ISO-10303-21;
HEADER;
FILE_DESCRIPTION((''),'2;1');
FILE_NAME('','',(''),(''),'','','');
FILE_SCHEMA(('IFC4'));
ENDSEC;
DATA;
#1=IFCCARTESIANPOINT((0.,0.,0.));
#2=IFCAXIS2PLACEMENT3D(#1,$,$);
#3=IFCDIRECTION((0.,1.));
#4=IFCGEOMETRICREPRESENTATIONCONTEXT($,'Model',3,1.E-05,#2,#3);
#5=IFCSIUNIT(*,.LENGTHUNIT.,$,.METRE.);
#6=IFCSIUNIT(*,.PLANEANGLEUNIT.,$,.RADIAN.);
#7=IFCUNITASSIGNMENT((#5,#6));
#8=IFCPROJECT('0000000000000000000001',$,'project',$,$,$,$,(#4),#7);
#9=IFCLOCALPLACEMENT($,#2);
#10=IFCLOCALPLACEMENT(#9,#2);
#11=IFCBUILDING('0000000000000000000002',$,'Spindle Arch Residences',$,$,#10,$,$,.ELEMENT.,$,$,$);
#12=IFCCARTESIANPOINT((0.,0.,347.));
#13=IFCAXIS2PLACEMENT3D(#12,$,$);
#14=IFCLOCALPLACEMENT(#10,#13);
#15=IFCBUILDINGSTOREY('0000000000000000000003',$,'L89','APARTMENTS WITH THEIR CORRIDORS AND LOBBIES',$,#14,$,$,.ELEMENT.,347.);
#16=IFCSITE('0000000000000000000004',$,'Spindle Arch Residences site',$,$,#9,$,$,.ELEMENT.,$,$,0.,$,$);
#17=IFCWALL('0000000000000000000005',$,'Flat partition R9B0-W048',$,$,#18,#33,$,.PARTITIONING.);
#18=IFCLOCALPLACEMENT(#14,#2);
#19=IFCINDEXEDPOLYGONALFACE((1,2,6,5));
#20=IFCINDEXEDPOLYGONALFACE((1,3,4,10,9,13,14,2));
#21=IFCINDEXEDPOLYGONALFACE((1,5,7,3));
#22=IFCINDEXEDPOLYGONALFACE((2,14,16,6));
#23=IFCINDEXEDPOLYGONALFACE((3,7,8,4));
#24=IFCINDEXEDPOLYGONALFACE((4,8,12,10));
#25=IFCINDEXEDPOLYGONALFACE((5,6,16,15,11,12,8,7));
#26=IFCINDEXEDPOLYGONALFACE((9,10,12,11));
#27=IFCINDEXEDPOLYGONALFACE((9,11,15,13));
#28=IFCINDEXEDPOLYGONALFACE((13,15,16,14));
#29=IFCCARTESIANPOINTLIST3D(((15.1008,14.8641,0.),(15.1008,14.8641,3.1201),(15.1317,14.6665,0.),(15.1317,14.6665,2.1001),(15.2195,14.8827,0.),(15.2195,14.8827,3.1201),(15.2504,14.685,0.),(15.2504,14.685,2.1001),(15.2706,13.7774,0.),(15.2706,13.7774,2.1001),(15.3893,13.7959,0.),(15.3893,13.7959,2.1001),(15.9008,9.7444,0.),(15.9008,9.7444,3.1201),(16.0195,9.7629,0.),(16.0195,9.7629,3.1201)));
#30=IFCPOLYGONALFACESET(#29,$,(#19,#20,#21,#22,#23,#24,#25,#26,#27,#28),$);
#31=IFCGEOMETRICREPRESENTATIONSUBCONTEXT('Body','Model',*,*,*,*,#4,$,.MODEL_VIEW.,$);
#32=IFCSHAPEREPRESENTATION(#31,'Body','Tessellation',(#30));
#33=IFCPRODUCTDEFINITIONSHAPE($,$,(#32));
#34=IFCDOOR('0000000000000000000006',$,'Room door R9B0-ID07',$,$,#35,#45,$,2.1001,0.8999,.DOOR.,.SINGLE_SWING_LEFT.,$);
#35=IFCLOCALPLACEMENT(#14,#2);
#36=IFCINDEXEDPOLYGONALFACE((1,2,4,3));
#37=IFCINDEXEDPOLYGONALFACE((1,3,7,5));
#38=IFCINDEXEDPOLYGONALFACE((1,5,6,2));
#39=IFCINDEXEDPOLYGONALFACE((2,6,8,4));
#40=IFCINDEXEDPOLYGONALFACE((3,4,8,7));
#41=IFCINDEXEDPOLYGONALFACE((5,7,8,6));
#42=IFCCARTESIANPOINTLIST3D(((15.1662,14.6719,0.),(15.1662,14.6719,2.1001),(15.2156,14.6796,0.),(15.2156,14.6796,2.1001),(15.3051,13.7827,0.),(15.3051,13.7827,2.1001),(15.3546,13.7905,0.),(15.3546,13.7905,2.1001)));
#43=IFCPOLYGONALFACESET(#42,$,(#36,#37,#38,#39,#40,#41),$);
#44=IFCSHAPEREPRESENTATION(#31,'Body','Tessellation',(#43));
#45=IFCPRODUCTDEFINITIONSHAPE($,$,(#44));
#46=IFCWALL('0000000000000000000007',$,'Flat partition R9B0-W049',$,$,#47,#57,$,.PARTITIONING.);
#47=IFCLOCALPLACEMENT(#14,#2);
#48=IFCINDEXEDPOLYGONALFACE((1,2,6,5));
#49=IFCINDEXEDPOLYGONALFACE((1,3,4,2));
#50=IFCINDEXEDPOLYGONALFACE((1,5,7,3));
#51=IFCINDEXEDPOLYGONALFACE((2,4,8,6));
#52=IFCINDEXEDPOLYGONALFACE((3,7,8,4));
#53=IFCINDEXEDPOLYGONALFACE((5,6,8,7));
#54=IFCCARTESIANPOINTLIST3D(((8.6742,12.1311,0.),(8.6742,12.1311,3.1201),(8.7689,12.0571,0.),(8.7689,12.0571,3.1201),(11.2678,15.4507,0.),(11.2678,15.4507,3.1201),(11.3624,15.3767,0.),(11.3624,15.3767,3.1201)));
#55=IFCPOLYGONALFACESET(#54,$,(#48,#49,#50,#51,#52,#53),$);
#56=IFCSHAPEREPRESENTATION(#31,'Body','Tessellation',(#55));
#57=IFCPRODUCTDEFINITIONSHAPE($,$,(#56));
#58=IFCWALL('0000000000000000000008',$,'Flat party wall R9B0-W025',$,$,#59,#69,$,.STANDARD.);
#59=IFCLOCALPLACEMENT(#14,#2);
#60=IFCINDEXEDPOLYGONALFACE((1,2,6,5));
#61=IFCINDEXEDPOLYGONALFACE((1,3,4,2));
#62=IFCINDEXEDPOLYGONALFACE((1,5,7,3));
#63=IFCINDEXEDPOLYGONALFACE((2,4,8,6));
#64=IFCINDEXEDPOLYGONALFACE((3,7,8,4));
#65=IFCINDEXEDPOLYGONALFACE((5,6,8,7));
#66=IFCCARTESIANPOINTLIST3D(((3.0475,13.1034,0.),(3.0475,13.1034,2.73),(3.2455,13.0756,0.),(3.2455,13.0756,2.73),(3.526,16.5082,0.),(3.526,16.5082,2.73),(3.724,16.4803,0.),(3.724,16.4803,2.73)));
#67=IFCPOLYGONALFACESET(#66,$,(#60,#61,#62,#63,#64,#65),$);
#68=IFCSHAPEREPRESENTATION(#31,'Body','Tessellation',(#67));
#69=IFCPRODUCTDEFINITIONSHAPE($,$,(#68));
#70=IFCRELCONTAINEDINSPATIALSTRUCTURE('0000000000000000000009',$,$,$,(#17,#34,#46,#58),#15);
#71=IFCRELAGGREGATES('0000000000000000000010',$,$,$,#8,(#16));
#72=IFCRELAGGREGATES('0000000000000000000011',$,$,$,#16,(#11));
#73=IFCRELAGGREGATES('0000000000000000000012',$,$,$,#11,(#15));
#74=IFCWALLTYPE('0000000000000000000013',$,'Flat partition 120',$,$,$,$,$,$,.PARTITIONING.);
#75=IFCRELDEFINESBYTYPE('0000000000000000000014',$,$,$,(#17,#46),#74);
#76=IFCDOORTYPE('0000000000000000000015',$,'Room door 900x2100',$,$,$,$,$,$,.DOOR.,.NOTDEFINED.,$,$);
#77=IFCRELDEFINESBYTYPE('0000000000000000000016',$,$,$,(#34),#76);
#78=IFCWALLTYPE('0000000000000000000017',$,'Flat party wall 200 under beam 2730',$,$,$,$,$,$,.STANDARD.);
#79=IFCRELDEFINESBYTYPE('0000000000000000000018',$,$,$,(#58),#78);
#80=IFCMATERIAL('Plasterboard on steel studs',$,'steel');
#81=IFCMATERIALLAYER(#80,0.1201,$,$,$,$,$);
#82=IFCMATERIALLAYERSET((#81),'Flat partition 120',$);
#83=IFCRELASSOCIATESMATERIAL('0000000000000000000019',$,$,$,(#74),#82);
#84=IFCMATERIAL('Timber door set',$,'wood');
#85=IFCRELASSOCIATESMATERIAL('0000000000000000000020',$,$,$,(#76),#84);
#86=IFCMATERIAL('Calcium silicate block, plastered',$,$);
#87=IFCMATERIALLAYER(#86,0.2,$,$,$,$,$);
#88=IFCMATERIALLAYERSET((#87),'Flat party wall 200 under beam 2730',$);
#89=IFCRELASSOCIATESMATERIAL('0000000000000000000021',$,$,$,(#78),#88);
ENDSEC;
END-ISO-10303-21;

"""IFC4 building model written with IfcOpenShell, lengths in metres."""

from ifc_helpers import new_model, si_unit, direction, frame, frame_2d, origin, place, context, subcontext, project, spatial, rectangle, extrude, material, layer, layer_set, type_object, element, fill, save


model = new_model("IFC4")

# Units and contexts
model_context = context("Model", 3, precision=1e-05, world=origin(), true_north=direction((0.0, 1.0)))
body_context = subcontext(model_context, "Body", "Model", "MODEL_VIEW")
ifc_project = project(units=[si_unit("LENGTHUNIT", "METRE"), si_unit("PLANEANGLEUNIT", "RADIAN")], contexts=[model_context])

# Site, building, storey
site_placement = place(None, origin())
site = spatial("IfcSite", under=ifc_project, at=site_placement, Name="Spindle Arch Residences site", CompositionType="ELEMENT", RefElevation=0.0)
building_placement = place(site_placement, origin())
building = spatial("IfcBuilding", under=site, at=building_placement, Name="Spindle Arch Residences", CompositionType="ELEMENT")
storey_placement = place(building_placement, frame((0.0, 0.0, 347.0)))
storey = spatial("IfcBuildingStorey", under=building, at=storey_placement, Name="L89", Description="APARTMENTS WITH THEIR CORRIDORS AND LOBBIES", CompositionType="ELEMENT", Elevation=347.0)

# Wall, opening, door
ifc_material_1 = material(Name="Plasterboard on steel studs", Category="steel")
ifc_layer_1 = layer(ifc_material_1, 0.1201)
ifc_layer_set_1 = layer_set([ifc_layer_1], Name="Flat partition 120")
wall_type_1 = type_object("IfcWallType", Name="Flat partition 120", PredefinedType="PARTITIONING", material=ifc_layer_set_1)
ifc_material_2 = material(Name="Timber door set", Category="wood")
door_type_1 = type_object("IfcDoorType", Name="Room door 900x2100", OperationType="NOTDEFINED", PredefinedType="DOOR", material=ifc_material_2)
wall_1_placement = place(storey_placement, frame((15.1602, 14.8733, 0.0), z_axis=(0.0, 0.0, 1.0), x_axis=(0.15439, -0.98801, 0.0)))
wall_1 = element("IfcWall", 1, at=wall_1_placement, inside=storey, type_object=wall_type_1, Name="Flat partition R9B0-W048", PredefinedType="PARTITIONING", context=body_context, shape_type="SweptSolid", body=[
    extrude(rectangle(XDim=5.1819, YDim=0.1201, at=frame_2d((2.5908, 0.0))), origin(), (0.0, 0.0, 1.0), 3.1201),
])
opening_1_placement = place(wall_1_placement, frame((0.2, 0.0, 0.0)))
opening_1 = element("IfcOpeningElement", 2, at=opening_1_placement, cuts=wall_1, PredefinedType="OPENING", context=body_context, shape_type="SweptSolid", body=[
    extrude(rectangle(XDim=0.8999, YDim=2.1001, at=frame_2d((0.45, 1.05))), frame((0.0, 0.0701, 0.0), z_axis=(0.0, -1.0, 0.0), x_axis=(1.0, 0.0, 0.0)), (0.0, 0.0, 1.0), 0.1401),
])
door_1_placement = place(opening_1_placement, origin())
door_1 = element("IfcDoor", 3, at=door_1_placement, inside=storey, type_object=door_type_1, Name="Room door R9B0-ID07", OperationType="SINGLE_SWING_LEFT", OverallHeight=2.1001, OverallWidth=0.8999, PredefinedType="DOOR", context=body_context, shape_type="SweptSolid", body=[
    extrude(rectangle(XDim=0.8999, YDim=2.1001, at=frame_2d((0.45, 1.05))), frame((0.0, 0.0249, 0.0), z_axis=(0.0, -1.0, 0.0), x_axis=(1.0, 0.0, 0.0)), (0.0, 0.0, 1.0), 0.05),
])
fill(opening_1, door_1)

# Walls
wall_2_placement = place(storey_placement, frame((11.3152, 15.4138, 0.0), z_axis=(0.0, 0.0, 1.0), x_axis=(-0.615656, -0.788015, 0.0)))
element("IfcWall", 4, at=wall_2_placement, inside=storey, type_object=wall_type_1, Name="Flat partition R9B0-W049", PredefinedType="PARTITIONING", context=body_context, shape_type="SweptSolid", body=[
    extrude(rectangle(XDim=4.2126, YDim=0.1201, at=frame_2d((2.1064, 0.0))), origin(), (0.0, 0.0, 1.0), 3.1201),
])
ifc_material_3 = material(Name="Calcium silicate block, plastered")
ifc_layer_2 = layer(ifc_material_3, 0.2)
ifc_layer_set_2 = layer_set([ifc_layer_2], Name="Flat party wall 200 under beam 2730")
wall_type_2 = type_object("IfcWallType", Name="Flat party wall 200 under beam 2730", PredefinedType="STANDARD", material=ifc_layer_set_2)
wall_3_placement = place(storey_placement, frame((3.625, 16.4944, 0.0), z_axis=(0.0, 0.0, 1.0), x_axis=(-0.139174, -0.990268, 0.0)))
element("IfcWall", 5, at=wall_3_placement, inside=storey, type_object=wall_type_2, Name="Flat party wall R9B0-W025", PredefinedType="STANDARD", context=body_context, shape_type="SweptSolid", body=[
    extrude(rectangle(XDim=3.4382, YDim=0.2, at=frame_2d((1.7192, 0.0))), origin(), (0.0, 0.0, 1.0), 2.73),
])

save(model, "model.ifc")
